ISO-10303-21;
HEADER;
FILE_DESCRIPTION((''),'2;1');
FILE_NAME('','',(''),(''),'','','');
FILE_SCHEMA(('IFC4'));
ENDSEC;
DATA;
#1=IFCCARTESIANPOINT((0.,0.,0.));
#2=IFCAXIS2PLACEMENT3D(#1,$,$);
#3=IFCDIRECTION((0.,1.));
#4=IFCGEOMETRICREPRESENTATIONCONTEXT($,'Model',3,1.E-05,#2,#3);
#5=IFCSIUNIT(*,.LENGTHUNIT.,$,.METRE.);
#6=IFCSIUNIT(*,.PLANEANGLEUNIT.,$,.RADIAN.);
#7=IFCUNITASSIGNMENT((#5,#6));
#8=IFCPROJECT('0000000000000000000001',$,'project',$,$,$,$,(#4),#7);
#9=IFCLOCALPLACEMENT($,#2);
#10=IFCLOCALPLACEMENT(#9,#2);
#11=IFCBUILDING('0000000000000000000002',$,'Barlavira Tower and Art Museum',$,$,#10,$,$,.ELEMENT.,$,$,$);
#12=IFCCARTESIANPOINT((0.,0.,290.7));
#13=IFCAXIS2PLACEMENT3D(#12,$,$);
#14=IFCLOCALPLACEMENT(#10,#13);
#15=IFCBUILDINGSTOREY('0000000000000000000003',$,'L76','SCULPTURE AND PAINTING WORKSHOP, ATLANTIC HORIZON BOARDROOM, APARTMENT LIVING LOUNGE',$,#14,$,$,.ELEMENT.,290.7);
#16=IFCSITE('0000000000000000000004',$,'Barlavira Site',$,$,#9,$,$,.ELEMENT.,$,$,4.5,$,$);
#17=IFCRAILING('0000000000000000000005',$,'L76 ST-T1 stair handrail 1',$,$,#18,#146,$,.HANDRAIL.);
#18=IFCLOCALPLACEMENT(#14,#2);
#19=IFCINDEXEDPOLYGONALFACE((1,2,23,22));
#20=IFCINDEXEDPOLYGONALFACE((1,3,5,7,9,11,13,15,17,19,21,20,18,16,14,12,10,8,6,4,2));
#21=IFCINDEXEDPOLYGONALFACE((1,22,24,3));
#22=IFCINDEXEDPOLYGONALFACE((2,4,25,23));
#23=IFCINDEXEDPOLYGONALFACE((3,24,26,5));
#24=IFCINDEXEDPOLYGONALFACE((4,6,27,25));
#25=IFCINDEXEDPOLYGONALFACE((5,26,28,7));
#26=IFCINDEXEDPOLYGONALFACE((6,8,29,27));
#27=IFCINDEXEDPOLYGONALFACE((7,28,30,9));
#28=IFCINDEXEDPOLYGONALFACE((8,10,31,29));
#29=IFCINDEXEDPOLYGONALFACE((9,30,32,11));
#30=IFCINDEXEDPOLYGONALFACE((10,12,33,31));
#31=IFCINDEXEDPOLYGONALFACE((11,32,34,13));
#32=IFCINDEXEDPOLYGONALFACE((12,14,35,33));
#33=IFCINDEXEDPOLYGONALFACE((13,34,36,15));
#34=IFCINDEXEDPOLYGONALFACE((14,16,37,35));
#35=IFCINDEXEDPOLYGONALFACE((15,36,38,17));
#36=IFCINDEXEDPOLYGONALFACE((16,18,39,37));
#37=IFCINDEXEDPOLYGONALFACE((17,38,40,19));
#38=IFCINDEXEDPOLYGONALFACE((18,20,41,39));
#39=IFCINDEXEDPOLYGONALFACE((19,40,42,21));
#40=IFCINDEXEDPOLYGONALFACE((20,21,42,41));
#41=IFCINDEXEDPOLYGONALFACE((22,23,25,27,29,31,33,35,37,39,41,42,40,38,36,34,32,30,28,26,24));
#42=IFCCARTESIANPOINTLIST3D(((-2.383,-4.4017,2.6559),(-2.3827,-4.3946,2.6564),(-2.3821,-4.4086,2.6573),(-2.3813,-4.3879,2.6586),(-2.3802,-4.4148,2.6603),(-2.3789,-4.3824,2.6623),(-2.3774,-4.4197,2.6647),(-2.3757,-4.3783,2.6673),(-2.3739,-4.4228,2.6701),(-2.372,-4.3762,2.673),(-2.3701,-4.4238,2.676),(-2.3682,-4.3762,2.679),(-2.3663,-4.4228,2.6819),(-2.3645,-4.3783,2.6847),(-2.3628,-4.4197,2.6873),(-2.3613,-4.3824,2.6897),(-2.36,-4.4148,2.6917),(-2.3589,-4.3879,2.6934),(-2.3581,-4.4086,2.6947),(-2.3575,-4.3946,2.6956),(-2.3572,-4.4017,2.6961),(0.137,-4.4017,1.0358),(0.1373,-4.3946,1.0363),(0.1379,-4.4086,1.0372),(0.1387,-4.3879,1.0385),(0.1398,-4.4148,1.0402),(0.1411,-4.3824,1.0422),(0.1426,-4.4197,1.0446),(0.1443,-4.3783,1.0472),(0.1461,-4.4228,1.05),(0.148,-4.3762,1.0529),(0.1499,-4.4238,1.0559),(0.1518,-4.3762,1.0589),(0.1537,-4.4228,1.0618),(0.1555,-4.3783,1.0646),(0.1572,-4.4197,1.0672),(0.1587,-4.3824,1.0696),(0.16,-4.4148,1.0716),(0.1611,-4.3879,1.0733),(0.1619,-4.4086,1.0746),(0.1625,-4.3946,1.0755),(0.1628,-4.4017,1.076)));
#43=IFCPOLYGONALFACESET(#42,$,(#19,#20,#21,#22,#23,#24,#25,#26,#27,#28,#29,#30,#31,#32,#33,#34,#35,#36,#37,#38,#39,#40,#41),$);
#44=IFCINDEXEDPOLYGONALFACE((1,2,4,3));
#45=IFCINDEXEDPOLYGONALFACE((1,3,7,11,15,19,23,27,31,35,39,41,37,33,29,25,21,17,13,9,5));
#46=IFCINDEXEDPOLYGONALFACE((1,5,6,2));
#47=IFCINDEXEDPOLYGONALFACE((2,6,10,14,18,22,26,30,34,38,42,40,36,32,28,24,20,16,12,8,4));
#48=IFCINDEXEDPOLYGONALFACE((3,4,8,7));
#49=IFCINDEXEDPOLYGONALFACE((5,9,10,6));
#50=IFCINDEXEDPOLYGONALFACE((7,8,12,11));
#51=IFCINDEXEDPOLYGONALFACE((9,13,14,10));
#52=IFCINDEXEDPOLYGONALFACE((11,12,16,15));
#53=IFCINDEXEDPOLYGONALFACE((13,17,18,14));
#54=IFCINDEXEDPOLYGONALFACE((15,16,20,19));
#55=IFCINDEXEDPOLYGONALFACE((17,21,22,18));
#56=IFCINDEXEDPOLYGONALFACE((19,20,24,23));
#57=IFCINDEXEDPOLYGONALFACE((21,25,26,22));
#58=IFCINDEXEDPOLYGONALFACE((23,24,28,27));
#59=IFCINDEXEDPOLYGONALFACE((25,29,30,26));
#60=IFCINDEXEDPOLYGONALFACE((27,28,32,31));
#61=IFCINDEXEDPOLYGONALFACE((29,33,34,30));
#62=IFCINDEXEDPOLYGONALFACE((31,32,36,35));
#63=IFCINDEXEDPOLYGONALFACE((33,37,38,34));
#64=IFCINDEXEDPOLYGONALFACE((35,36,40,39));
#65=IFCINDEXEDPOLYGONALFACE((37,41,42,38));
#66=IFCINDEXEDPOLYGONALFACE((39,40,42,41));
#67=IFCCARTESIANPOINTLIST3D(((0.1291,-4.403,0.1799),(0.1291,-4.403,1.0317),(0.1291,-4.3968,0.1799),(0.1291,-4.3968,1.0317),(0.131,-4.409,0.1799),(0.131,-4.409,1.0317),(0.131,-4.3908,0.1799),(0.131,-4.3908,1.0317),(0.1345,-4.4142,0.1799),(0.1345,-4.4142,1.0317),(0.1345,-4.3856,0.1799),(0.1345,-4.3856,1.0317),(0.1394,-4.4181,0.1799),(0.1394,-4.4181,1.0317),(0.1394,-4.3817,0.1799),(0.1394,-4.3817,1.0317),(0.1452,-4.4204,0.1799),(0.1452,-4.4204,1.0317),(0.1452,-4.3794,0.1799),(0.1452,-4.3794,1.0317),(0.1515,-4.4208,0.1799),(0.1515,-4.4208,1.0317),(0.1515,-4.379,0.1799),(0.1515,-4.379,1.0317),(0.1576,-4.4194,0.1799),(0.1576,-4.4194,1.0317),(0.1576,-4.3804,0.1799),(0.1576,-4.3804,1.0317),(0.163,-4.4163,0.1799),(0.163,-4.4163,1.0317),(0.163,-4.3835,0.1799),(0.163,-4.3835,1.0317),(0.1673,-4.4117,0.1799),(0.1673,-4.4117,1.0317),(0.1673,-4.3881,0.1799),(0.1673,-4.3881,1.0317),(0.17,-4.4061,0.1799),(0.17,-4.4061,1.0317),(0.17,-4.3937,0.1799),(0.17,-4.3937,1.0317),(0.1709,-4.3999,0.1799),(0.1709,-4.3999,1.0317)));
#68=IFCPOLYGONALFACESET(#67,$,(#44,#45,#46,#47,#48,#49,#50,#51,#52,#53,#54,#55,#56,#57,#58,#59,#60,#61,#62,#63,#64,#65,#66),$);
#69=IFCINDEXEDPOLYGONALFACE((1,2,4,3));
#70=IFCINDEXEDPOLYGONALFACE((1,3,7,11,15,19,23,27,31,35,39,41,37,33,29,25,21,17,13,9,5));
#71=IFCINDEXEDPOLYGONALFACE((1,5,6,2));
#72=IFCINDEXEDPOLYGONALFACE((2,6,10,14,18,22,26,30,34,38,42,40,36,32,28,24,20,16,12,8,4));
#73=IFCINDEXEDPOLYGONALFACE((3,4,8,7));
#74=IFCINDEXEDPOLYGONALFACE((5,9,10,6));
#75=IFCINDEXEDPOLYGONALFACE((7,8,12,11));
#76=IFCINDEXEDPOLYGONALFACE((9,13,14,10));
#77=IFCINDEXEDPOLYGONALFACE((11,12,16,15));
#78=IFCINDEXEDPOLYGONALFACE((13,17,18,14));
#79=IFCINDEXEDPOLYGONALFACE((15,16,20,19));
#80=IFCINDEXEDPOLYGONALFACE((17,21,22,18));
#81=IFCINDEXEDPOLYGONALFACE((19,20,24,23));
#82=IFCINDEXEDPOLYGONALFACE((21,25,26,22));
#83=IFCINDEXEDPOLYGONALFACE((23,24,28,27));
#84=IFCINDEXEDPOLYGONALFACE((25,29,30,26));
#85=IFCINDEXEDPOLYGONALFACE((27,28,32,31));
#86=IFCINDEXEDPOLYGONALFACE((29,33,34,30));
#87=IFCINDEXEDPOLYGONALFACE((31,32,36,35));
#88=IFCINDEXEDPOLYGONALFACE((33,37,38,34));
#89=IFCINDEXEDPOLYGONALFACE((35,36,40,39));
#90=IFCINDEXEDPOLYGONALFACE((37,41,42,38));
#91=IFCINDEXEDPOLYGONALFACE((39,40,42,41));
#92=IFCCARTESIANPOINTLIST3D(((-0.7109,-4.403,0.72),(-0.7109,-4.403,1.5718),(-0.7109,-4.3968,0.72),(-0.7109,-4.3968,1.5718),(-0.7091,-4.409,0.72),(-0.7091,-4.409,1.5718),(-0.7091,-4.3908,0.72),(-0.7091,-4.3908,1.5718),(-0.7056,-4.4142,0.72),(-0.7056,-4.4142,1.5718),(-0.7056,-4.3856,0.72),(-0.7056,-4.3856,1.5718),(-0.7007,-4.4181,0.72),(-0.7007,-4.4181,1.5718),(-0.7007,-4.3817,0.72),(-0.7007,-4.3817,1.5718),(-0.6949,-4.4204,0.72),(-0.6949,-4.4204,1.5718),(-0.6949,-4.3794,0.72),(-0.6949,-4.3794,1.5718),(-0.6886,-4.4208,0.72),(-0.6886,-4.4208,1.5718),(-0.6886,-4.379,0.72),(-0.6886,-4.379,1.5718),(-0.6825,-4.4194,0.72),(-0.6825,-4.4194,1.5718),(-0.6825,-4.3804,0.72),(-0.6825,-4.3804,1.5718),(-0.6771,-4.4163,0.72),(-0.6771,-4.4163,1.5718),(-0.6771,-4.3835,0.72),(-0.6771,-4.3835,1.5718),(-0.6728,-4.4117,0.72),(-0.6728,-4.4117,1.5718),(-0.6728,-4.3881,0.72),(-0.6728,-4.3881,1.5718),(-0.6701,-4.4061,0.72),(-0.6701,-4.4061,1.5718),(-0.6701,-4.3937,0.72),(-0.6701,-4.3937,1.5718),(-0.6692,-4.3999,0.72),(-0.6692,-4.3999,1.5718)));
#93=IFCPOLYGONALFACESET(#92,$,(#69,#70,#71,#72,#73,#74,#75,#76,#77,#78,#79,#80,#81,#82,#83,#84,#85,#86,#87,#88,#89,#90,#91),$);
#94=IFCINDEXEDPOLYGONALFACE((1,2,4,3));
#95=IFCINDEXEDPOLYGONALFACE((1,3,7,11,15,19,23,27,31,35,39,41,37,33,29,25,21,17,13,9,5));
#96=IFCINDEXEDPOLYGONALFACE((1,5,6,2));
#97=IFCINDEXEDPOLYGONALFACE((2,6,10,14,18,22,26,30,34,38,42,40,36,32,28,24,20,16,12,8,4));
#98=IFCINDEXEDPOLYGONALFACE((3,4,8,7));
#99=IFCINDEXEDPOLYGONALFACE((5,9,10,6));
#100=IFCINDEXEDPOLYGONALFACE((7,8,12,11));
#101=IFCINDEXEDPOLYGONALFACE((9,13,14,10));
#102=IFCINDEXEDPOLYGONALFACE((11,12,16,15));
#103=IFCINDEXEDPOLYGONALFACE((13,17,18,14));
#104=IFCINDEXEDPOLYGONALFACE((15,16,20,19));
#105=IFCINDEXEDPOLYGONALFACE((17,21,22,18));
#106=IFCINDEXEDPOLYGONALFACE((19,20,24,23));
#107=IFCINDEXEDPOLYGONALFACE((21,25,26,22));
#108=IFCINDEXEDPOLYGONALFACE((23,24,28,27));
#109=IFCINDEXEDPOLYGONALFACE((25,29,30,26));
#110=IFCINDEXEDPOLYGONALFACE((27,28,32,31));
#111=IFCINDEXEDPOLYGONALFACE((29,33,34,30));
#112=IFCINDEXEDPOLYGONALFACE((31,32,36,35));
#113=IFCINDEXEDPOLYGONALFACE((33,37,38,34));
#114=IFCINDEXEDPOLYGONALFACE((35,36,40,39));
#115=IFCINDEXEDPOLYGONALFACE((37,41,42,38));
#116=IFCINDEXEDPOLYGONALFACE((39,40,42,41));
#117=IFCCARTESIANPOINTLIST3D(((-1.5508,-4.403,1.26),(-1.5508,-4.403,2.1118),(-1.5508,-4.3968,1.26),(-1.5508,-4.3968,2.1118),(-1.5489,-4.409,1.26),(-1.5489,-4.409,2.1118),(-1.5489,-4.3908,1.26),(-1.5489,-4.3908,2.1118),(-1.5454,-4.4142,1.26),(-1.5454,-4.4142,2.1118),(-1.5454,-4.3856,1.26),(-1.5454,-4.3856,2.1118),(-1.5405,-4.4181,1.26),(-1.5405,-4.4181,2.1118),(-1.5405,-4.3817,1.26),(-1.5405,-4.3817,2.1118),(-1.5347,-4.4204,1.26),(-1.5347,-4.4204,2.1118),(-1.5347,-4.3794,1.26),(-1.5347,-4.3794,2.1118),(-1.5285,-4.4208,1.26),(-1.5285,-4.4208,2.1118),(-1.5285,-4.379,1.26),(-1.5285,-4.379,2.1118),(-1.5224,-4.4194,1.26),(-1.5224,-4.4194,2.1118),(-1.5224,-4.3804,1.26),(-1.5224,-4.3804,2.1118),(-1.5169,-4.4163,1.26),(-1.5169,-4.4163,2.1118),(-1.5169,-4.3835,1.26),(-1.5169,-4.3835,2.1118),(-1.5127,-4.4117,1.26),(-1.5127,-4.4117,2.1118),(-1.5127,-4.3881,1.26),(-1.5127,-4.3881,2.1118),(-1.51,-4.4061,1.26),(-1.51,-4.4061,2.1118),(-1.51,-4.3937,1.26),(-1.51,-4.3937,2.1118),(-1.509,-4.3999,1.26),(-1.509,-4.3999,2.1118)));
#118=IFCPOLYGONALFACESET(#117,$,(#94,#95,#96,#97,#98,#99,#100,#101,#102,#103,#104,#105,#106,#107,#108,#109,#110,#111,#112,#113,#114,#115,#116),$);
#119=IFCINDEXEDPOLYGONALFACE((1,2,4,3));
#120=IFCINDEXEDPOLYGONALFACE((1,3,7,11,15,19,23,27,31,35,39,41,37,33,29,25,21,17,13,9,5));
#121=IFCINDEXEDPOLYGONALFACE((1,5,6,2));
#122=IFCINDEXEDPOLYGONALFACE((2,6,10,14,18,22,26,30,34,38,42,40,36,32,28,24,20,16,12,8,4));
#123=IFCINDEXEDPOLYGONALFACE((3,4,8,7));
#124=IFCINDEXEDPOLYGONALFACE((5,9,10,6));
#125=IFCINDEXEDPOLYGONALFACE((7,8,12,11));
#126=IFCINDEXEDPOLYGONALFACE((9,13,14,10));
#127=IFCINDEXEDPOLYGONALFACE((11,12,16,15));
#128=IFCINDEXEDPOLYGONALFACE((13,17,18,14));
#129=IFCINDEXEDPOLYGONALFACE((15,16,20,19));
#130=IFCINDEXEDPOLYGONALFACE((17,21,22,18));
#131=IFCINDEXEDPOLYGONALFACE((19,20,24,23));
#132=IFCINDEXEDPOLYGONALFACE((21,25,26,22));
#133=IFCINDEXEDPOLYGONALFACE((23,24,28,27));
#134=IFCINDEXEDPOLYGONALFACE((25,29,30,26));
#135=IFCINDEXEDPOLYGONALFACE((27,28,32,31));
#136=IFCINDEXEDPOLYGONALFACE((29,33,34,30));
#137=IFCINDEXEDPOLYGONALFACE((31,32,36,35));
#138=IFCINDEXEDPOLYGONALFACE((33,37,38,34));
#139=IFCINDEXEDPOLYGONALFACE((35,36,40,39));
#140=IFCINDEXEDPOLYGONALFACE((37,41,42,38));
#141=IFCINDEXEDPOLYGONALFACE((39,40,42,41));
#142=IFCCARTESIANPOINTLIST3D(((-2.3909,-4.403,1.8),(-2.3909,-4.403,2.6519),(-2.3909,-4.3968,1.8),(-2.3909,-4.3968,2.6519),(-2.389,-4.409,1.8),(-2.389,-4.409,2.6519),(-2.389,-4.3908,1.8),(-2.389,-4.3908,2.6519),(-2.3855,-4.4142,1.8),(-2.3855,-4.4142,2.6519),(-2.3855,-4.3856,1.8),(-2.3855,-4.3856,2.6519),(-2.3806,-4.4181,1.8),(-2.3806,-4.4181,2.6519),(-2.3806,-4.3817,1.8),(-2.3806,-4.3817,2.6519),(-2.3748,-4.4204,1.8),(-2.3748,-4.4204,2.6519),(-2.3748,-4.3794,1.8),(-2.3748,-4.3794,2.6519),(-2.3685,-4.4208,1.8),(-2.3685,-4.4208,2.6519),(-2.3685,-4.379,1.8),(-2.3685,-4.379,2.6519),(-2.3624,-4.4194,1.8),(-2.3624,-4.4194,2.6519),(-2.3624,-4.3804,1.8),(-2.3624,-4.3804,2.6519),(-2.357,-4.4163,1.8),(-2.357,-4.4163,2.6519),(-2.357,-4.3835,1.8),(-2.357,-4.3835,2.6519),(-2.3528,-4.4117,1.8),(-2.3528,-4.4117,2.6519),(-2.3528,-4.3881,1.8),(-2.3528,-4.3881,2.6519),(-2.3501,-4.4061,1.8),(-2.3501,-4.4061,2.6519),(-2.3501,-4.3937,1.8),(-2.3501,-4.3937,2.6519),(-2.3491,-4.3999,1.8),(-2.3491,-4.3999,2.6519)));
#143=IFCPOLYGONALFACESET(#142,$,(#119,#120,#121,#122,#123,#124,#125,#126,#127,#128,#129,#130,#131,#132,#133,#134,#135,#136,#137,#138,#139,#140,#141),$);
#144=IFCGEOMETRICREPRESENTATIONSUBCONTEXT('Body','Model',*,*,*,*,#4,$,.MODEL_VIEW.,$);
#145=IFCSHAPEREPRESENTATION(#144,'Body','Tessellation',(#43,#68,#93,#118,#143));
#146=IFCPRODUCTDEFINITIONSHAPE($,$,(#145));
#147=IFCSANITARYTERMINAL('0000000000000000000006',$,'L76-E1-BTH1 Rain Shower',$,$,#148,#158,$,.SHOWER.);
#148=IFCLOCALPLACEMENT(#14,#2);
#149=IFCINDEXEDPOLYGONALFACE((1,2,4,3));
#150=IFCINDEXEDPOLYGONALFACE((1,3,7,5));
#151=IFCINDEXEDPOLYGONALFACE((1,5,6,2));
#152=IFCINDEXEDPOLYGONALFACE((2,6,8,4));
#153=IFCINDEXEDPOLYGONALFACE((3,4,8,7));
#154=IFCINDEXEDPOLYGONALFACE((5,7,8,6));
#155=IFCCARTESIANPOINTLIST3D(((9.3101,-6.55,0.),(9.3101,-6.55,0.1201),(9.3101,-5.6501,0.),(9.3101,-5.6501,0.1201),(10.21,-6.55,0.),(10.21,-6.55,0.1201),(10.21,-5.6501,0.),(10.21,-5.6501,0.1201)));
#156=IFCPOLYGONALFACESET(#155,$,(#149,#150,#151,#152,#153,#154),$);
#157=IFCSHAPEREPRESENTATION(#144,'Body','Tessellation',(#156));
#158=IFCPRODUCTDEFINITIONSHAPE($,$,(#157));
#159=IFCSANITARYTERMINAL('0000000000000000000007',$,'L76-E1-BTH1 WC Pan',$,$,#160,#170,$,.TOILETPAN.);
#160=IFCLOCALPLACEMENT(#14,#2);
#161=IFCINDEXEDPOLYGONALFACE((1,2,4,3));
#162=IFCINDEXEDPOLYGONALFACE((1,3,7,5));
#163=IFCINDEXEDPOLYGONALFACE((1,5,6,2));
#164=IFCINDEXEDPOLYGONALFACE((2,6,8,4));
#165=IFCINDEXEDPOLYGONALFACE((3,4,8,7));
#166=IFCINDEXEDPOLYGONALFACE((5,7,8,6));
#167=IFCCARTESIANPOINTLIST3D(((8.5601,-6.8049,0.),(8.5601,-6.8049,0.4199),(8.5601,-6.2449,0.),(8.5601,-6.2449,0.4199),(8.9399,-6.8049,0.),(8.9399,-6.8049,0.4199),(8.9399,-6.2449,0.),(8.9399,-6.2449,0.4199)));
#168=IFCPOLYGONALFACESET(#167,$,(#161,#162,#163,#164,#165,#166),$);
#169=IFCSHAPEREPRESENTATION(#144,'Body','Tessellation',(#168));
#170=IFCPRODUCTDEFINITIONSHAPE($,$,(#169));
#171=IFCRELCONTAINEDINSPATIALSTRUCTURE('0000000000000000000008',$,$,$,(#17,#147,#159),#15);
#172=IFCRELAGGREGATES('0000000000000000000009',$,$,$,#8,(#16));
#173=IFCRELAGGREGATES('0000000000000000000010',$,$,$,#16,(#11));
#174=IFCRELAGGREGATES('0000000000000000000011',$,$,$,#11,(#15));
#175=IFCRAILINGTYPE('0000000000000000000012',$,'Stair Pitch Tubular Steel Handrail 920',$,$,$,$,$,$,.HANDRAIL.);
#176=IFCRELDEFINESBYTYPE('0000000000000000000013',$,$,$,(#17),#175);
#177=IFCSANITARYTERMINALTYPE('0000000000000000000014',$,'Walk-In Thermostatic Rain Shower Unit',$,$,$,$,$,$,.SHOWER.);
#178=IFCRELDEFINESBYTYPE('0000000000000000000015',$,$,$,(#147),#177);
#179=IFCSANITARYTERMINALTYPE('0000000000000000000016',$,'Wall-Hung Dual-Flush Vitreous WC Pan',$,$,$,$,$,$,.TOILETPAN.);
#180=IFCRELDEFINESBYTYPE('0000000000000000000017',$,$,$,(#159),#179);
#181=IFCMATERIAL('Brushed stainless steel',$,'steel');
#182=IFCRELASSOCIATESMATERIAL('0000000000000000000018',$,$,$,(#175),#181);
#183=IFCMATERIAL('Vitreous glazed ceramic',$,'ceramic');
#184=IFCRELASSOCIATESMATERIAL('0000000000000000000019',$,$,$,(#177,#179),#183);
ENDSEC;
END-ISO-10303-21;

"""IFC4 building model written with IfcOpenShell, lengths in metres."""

from ifc_helpers import new_model, si_unit, direction, frame, origin, origin_2d, place, context, subcontext, project, spatial, rectangle, circle, extrude, material, type_object, element, save


model = new_model("IFC4")

# Units and contexts
model_context = context("Model", 3, precision=1e-05, world=origin(), true_north=direction((0.0, 1.0)))
body_context = subcontext(model_context, "Body", "Model", "MODEL_VIEW")
ifc_project = project(units=[si_unit("LENGTHUNIT", "METRE"), si_unit("PLANEANGLEUNIT", "RADIAN")], contexts=[model_context])

# Site, building, storey
site_placement = place(None, origin())
site = spatial("IfcSite", under=ifc_project, at=site_placement, Name="Barlavira Site", CompositionType="ELEMENT", RefElevation=4.5)
building_placement = place(site_placement, origin())
building = spatial("IfcBuilding", under=site, at=building_placement, Name="Barlavira Tower and Art Museum", CompositionType="ELEMENT")
storey_placement = place(building_placement, frame((0.0, 0.0, 290.7)))
storey = spatial("IfcBuildingStorey", under=building, at=storey_placement, Name="L76", Description="SCULPTURE AND PAINTING WORKSHOP, ATLANTIC HORIZON BOARDROOM, APARTMENT LIVING LOUNGE", CompositionType="ELEMENT", Elevation=290.7)

# Shared definitions
ifc_material_1 = material(Name="Brushed stainless steel", Category="steel")

# Railing
railing_type_1 = type_object("IfcRailingType", Name="Stair Pitch Tubular Steel Handrail 920", PredefinedType="HANDRAIL", material=ifc_material_1)
railing_1_placement = place(storey_placement, frame((0.1499, -4.3999, 0.1799)))
element("IfcRailing", 1, at=railing_1_placement, inside=storey, type_object=railing_type_1, Name="L76 ST-T1 stair handrail 1", PredefinedType="HANDRAIL", context=body_context, shape_type="SweptSolid", body=[
    extrude(circle(Radius=0.0239, at=origin_2d()), frame((0.0, 0.0, 0.876), z_axis=(-0.841163, 0.0, 0.540782), x_axis=(0.0, -1.0, 0.0)), (0.0, 0.0, 1.0), 2.9958),
    extrude(circle(Radius=0.021, at=origin_2d()), origin(), (0.0, 0.0, 1.0), 0.8518),
    extrude(circle(Radius=0.021, at=origin_2d()), frame((-0.8401, 0.0, 0.54)), (0.0, 0.0, 1.0), 0.8518),
    extrude(circle(Radius=0.021, at=origin_2d()), frame((-1.6799, 0.0, 1.0801)), (0.0, 0.0, 1.0), 0.8518),
    extrude(circle(Radius=0.021, at=origin_2d()), frame((-2.52, 0.0, 1.6201)), (0.0, 0.0, 1.0), 0.8518),
])

# Sanitary terminals
ifc_material_2 = material(Name="Vitreous glazed ceramic", Category="ceramic")
sanitary_terminal_type_1 = type_object("IfcSanitaryTerminalType", Name="Walk-In Thermostatic Rain Shower Unit", PredefinedType="SHOWER", material=ifc_material_2)
sanitary_terminal_1_placement = place(storey_placement, frame((9.76, -6.1001, 0.0), z_axis=(0.0, 0.0, 1.0), x_axis=(1.0, 0.0, 0.0)))
element("IfcSanitaryTerminal", 2, at=sanitary_terminal_1_placement, inside=storey, type_object=sanitary_terminal_type_1, Name="L76-E1-BTH1 Rain Shower", PredefinedType="SHOWER", context=body_context, shape_type="SweptSolid", body=[
    extrude(rectangle(XDim=0.8999, YDim=0.8999, at=origin_2d()), origin(), (0.0, 0.0, 1.0), 0.1201),
])
sanitary_terminal_type_2 = type_object("IfcSanitaryTerminalType", Name="Wall-Hung Dual-Flush Vitreous WC Pan", PredefinedType="TOILETPAN", material=ifc_material_2)
sanitary_terminal_2_placement = place(storey_placement, frame((8.75, -6.5249, 0.0), z_axis=(0.0, 0.0, 1.0), x_axis=(1.0, 0.0, 0.0)))
element("IfcSanitaryTerminal", 3, at=sanitary_terminal_2_placement, inside=storey, type_object=sanitary_terminal_type_2, Name="L76-E1-BTH1 WC Pan", PredefinedType="TOILETPAN", context=body_context, shape_type="SweptSolid", body=[
    extrude(rectangle(XDim=0.3799, YDim=0.5601, at=origin_2d()), origin(), (0.0, 0.0, 1.0), 0.4199),
])

save(model, "model.ifc")
